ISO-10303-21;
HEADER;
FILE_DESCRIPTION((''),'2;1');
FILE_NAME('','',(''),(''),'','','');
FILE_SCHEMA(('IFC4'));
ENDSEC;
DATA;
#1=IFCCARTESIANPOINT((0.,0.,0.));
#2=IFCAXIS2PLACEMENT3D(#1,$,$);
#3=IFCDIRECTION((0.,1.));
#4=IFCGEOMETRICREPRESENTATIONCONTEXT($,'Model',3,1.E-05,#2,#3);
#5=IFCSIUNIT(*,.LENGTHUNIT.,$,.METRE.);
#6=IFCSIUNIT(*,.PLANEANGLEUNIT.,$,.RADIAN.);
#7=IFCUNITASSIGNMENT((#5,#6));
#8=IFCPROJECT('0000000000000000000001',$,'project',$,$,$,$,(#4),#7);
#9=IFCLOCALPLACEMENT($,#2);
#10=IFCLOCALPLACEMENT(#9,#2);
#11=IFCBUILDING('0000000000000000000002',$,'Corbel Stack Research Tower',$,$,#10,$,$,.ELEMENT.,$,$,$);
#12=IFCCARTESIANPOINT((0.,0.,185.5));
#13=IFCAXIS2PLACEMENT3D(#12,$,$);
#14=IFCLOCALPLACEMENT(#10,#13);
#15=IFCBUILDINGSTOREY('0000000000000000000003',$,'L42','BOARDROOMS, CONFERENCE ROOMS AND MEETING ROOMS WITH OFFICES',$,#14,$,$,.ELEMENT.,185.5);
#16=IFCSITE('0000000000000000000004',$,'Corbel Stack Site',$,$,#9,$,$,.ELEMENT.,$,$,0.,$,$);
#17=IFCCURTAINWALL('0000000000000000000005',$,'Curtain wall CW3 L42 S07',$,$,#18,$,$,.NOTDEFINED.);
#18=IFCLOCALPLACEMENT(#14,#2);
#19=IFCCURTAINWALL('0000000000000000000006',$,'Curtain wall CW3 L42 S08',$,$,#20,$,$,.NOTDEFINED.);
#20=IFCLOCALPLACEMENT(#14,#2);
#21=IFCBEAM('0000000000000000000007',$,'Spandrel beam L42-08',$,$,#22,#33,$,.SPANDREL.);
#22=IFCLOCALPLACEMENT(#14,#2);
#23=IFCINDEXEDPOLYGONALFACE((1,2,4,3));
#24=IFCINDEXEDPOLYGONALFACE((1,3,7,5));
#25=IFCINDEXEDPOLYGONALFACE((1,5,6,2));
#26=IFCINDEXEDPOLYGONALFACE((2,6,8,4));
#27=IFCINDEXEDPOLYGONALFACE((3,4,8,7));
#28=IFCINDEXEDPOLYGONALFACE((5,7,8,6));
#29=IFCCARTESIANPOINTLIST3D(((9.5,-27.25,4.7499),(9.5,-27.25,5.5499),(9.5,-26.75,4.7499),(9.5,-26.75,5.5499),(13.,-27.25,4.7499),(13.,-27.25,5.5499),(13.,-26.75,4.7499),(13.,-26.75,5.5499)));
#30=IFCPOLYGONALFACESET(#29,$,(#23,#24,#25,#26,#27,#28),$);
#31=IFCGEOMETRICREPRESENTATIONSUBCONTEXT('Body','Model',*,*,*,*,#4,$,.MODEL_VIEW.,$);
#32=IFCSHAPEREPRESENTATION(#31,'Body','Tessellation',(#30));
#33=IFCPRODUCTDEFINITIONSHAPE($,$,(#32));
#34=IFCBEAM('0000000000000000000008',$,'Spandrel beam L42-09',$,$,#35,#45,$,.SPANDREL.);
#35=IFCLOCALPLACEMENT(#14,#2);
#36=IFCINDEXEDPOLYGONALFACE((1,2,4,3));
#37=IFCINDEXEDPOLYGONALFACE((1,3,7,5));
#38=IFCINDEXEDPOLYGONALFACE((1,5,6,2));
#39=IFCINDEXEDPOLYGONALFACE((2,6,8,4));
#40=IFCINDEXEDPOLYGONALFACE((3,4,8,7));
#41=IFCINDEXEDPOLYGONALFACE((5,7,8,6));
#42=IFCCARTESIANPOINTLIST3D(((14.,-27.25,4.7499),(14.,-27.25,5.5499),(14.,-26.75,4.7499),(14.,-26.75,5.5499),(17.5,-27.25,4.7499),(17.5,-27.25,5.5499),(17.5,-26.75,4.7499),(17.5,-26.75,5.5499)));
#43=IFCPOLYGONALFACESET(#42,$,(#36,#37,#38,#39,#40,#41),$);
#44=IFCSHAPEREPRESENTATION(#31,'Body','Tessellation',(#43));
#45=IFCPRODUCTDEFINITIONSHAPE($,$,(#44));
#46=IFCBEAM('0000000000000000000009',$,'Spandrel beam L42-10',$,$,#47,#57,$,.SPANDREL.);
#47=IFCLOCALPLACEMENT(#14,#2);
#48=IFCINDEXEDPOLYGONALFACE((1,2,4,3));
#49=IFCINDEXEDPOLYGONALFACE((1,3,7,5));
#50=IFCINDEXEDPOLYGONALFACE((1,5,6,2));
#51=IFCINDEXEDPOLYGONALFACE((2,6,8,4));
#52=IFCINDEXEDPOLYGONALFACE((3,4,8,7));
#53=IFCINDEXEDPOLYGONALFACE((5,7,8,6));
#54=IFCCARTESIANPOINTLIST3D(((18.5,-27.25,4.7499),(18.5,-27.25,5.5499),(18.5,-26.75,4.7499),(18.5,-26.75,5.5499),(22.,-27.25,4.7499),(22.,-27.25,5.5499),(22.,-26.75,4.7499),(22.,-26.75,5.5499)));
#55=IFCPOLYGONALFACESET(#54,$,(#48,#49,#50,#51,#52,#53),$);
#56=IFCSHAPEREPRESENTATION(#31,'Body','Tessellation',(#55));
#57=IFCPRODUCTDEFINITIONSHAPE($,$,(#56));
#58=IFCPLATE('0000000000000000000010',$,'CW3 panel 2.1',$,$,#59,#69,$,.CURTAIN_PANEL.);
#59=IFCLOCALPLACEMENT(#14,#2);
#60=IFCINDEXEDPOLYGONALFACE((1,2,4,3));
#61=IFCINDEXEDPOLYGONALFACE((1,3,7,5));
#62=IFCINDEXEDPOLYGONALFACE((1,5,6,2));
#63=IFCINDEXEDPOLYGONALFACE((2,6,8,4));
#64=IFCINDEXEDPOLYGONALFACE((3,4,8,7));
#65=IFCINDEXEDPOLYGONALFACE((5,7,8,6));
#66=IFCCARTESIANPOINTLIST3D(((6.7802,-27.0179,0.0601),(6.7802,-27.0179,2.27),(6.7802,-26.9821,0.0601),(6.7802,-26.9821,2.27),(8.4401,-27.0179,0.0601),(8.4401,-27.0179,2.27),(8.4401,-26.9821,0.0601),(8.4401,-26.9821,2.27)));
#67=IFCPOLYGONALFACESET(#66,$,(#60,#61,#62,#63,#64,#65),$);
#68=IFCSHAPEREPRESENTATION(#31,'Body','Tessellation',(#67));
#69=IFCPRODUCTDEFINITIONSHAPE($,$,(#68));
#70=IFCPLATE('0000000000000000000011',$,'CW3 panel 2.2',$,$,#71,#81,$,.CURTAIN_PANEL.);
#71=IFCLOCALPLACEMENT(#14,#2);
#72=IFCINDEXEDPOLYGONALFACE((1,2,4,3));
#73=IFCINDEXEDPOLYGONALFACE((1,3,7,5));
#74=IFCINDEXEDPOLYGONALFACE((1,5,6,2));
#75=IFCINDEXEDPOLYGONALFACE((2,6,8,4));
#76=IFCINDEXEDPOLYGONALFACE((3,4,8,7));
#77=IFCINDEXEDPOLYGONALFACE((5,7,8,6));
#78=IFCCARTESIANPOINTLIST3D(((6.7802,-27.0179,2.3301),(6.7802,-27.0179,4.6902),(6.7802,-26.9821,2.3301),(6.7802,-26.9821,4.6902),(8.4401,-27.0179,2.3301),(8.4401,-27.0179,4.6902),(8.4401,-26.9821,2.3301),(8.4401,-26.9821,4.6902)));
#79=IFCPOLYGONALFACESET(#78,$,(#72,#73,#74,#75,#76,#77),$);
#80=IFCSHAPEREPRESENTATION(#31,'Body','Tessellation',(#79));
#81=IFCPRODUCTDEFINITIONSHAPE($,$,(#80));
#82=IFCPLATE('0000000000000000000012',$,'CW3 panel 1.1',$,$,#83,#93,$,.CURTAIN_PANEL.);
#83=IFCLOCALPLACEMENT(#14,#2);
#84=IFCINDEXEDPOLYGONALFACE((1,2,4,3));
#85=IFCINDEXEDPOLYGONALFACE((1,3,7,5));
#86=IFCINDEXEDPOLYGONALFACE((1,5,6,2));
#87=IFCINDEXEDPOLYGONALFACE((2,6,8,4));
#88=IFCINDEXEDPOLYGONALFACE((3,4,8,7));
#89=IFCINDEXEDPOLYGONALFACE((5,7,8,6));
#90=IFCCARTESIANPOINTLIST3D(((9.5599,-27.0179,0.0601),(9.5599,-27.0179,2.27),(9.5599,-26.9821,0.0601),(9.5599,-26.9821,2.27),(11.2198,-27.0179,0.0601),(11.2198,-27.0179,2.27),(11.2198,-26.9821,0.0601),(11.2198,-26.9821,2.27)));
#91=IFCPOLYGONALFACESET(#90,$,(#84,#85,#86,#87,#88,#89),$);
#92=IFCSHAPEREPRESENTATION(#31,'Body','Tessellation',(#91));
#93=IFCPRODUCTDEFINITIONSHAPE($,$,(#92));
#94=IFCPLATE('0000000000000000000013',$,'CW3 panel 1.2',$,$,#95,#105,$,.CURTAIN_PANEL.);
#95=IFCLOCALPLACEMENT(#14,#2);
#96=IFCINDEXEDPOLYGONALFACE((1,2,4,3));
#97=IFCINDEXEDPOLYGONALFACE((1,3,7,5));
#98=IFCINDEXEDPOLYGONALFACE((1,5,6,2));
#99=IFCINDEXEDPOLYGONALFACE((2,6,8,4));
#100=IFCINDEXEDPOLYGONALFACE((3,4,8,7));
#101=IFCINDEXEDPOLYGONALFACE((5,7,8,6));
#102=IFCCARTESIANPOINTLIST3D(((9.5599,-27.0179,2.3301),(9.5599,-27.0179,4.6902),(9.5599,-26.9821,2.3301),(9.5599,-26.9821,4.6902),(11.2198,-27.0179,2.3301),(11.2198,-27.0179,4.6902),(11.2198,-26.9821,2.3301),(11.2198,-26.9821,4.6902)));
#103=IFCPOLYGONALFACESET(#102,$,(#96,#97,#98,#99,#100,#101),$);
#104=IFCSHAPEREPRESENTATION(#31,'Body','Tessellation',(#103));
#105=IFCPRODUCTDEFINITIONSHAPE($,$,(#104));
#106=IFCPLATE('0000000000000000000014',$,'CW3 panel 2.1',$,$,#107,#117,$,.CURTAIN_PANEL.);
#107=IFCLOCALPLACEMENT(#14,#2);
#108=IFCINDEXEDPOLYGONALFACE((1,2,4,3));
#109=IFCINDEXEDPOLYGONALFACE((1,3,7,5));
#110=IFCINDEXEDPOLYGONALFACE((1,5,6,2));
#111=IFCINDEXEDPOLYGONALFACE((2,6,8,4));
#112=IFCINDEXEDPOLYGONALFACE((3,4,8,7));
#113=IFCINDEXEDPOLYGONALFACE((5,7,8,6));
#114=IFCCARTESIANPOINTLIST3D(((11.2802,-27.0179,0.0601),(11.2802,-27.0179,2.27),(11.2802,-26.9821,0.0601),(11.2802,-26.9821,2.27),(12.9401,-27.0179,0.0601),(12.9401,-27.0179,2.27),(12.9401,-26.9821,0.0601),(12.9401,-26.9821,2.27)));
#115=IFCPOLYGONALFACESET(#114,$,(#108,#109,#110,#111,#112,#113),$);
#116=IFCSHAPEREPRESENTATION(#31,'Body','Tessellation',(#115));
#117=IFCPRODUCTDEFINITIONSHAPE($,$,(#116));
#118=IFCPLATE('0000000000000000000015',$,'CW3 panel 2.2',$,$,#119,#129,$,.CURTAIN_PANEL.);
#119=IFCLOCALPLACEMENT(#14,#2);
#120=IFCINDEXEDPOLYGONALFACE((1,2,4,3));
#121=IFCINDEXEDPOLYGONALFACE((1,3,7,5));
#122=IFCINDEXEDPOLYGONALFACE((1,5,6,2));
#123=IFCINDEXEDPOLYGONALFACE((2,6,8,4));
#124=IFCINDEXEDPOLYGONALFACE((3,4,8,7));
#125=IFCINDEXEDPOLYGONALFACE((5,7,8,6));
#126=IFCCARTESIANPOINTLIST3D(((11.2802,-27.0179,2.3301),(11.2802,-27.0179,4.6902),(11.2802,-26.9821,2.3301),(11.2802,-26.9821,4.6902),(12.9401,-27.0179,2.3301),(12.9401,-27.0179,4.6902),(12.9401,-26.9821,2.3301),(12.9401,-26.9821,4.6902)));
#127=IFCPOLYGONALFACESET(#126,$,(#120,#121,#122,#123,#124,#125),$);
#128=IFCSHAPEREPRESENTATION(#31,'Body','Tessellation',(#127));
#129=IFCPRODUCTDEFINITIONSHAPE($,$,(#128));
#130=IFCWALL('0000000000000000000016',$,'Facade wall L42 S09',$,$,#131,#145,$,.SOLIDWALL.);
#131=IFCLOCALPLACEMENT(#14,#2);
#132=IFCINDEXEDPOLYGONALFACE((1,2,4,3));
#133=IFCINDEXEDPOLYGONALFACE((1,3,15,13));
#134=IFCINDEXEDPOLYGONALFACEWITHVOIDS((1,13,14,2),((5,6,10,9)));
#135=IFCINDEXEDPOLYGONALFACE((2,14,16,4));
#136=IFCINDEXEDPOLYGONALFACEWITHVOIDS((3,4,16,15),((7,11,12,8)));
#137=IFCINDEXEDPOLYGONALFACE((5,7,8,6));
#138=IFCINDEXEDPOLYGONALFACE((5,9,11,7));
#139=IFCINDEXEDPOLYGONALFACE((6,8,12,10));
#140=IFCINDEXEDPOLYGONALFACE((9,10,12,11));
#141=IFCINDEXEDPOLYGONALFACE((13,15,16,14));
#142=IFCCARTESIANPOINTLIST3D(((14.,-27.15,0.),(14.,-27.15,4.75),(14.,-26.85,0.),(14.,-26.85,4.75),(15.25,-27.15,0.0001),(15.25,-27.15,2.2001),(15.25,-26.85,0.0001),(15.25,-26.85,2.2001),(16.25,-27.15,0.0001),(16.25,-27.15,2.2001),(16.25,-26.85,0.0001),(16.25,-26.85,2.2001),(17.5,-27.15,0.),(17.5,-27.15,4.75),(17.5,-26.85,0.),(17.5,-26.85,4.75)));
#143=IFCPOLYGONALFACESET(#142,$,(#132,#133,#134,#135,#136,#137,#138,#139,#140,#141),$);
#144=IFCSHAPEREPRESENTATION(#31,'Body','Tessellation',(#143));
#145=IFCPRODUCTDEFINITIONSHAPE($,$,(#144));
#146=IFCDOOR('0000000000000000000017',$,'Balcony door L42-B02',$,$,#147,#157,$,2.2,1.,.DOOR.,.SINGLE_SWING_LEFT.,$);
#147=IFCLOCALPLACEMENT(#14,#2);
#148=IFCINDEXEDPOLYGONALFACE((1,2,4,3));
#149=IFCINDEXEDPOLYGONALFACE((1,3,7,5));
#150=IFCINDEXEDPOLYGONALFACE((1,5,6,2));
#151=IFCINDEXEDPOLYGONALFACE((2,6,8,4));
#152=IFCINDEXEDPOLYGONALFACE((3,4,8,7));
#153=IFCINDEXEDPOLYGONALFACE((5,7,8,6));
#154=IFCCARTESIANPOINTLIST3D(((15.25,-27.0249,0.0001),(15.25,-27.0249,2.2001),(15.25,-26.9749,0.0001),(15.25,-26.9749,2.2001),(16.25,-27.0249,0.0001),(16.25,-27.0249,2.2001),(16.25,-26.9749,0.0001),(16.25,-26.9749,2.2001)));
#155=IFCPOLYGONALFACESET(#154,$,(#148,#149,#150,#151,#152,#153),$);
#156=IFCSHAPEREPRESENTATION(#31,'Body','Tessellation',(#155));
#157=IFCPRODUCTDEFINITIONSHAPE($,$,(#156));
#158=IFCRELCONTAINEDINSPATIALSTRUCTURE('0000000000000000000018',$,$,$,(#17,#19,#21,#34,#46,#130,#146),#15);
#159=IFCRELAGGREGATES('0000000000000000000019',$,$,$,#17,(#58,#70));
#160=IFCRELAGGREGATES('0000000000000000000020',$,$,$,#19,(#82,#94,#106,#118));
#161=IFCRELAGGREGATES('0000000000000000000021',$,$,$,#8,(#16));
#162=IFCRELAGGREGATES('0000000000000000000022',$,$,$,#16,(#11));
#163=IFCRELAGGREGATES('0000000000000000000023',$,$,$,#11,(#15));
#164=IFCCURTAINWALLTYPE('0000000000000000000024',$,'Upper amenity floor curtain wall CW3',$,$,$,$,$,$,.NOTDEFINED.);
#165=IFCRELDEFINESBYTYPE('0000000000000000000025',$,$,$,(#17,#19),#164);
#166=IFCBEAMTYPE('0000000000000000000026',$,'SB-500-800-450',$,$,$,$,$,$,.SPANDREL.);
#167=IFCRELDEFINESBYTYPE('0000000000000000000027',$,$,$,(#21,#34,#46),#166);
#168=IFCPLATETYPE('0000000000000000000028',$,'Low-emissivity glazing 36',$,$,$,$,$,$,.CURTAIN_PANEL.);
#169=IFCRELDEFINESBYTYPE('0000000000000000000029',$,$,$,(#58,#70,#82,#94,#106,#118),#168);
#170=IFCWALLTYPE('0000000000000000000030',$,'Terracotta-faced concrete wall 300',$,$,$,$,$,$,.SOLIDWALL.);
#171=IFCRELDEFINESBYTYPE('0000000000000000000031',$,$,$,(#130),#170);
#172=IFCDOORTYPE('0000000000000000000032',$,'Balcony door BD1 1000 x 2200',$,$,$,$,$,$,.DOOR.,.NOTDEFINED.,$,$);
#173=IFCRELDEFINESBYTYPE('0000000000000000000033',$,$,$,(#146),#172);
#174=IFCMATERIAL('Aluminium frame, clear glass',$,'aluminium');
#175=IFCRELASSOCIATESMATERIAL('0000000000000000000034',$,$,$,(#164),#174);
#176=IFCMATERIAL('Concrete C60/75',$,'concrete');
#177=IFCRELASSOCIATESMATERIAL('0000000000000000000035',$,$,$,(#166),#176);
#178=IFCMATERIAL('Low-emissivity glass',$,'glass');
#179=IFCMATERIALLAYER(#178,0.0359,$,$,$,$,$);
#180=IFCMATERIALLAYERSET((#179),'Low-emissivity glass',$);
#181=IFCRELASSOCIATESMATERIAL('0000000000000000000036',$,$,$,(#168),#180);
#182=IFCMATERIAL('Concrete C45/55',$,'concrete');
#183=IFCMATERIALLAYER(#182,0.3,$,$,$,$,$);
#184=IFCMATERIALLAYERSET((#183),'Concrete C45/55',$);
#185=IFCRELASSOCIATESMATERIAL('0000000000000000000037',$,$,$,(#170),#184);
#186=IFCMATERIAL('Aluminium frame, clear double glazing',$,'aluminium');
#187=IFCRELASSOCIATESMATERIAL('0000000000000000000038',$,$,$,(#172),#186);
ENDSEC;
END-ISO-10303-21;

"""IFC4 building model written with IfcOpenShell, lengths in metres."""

from ifc_helpers import new_model, si_unit, direction, frame, frame_2d, origin, origin_2d, place, context, subcontext, project, spatial, rectangle, extrude, material, layer, layer_set, material_profile, profile_set, type_object, element, fill, aggregate, save


model = new_model("IFC4")

# Units and contexts
model_context = context("Model", 3, precision=1e-05, world=origin(), true_north=direction((0.0, 1.0)))
body_context = subcontext(model_context, "Body", "Model", "MODEL_VIEW")
ifc_project = project(units=[si_unit("LENGTHUNIT", "METRE"), si_unit("PLANEANGLEUNIT", "RADIAN")], contexts=[model_context])

# Site, building, storey
site_placement = place(None, origin())
site = spatial("IfcSite", under=ifc_project, at=site_placement, Name="Corbel Stack Site", CompositionType="ELEMENT", RefElevation=0.0)
building_placement = place(site_placement, origin())
building = spatial("IfcBuilding", under=site, at=building_placement, Name="Corbel Stack Research Tower", CompositionType="ELEMENT")
storey_placement = place(building_placement, frame((0.0, 0.0, 185.5)))
storey = spatial("IfcBuildingStorey", under=building, at=storey_placement, Name="L42", Description="BOARDROOMS, CONFERENCE ROOMS AND MEETING ROOMS WITH OFFICES", CompositionType="ELEMENT", Elevation=185.5)

# Curtain wall
ifc_material_1 = material(Name="Aluminium frame, clear glass", Category="aluminium")
curtain_wall_type = type_object("IfcCurtainWallType", Name="Upper amenity floor curtain wall CW3", PredefinedType="NOTDEFINED", material=ifc_material_1)
curtain_wall_1_placement = place(storey_placement, origin())
curtain_wall_1 = element("IfcCurtainWall", 1, at=curtain_wall_1_placement, inside=storey, type_object=curtain_wall_type, Name="Curtain wall CW3 L42 S07", PredefinedType="NOTDEFINED")

# Curtain wall
curtain_wall_2_placement = place(storey_placement, origin())
curtain_wall_2 = element("IfcCurtainWall", 2, at=curtain_wall_2_placement, inside=storey, type_object=curtain_wall_type, Name="Curtain wall CW3 L42 S08", PredefinedType="NOTDEFINED")

# Beams
ifc_material_2 = material(Name="Concrete C60/75", Category="concrete")
ifc_material_profile_1 = material_profile(ifc_material_2, rectangle(XDim=0.5, YDim=0.8, at=origin_2d()), Name="RC 500 x 800")
ifc_profile_set_1 = profile_set([ifc_material_profile_1], Name="Concrete C60/75")
beam_type = type_object("IfcBeamType", Name="SB-500-800-450", PredefinedType="SPANDREL", material=ifc_profile_set_1)
for number, where, z_axis, x_axis, name in (
    (3, (9.5, -27.0, 5.1499), (1.0, 0.0, 0.0), (0.0, 1.0, 0.0), "Spandrel beam L42-08"),
    (4, (14.0, -27.0, 5.1499), (1.0, 0.0, 0.0), (0.0, 1.0, 0.0), "Spandrel beam L42-09"),
    (5, (18.5, -27.0, 5.1499), (1.0, 0.0, 0.0), (0.0, 1.0, 0.0), "Spandrel beam L42-10"),
):
    element("IfcBeam", number, at=place(storey_placement, frame(where, z_axis=z_axis, x_axis=x_axis)), inside=storey, type_object=beam_type, Name=name, PredefinedType="SPANDREL", context=body_context, shape_type="SweptSolid", body=[
        extrude(rectangle(XDim=0.5, YDim=0.8, at=origin_2d()), origin(), (0.0, 0.0, 1.0), 3.5),
    ])

# Plates
ifc_material_3 = material(Name="Low-emissivity glass", Category="glass")
ifc_layer_1 = layer(ifc_material_3, 0.0359)
ifc_layer_set_1 = layer_set([ifc_layer_1], Name="Low-emissivity glass")
plate_type = type_object("IfcPlateType", Name="Low-emissivity glazing 36", PredefinedType="CURTAIN_PANEL", material=ifc_layer_set_1)
plate_1_placement = place(storey_placement, frame((7.6101, -27.0, 0.0601), z_axis=(0.0, 0.0, 1.0), x_axis=(1.0, 0.0, 0.0)))
plate_1 = element("IfcPlate", 6, at=plate_1_placement, type_object=plate_type, Name="CW3 panel 2.1", PredefinedType="CURTAIN_PANEL", context=body_context, shape_type="SweptSolid", body=[
    extrude(rectangle(XDim=1.6599, YDim=0.0359, at=origin_2d()), origin(), (0.0, 0.0, 1.0), 2.21),
])
plate_2_placement = place(storey_placement, frame((7.6101, -27.0, 2.3301), z_axis=(0.0, 0.0, 1.0), x_axis=(1.0, 0.0, 0.0)))
plate_2 = element("IfcPlate", 7, at=plate_2_placement, type_object=plate_type, Name="CW3 panel 2.2", PredefinedType="CURTAIN_PANEL", context=body_context, shape_type="SweptSolid", body=[
    extrude(rectangle(XDim=1.6599, YDim=0.0359, at=origin_2d()), origin(), (0.0, 0.0, 1.0), 2.3601),
])
aggregate(curtain_wall_1, [plate_1, plate_2])
plate_3_placement = place(storey_placement, frame((10.3899, -27.0, 0.0601), z_axis=(0.0, 0.0, 1.0), x_axis=(1.0, 0.0, 0.0)))
plate_3 = element("IfcPlate", 8, at=plate_3_placement, type_object=plate_type, Name="CW3 panel 1.1", PredefinedType="CURTAIN_PANEL", context=body_context, shape_type="SweptSolid", body=[
    extrude(rectangle(XDim=1.6599, YDim=0.0359, at=origin_2d()), origin(), (0.0, 0.0, 1.0), 2.21),
])
plate_4_placement = place(storey_placement, frame((10.3899, -27.0, 2.3301), z_axis=(0.0, 0.0, 1.0), x_axis=(1.0, 0.0, 0.0)))
plate_4 = element("IfcPlate", 9, at=plate_4_placement, type_object=plate_type, Name="CW3 panel 1.2", PredefinedType="CURTAIN_PANEL", context=body_context, shape_type="SweptSolid", body=[
    extrude(rectangle(XDim=1.6599, YDim=0.0359, at=origin_2d()), origin(), (0.0, 0.0, 1.0), 2.3601),
])
plate_5_placement = place(storey_placement, frame((12.1101, -27.0, 0.0601), z_axis=(0.0, 0.0, 1.0), x_axis=(1.0, 0.0, 0.0)))
plate_5 = element("IfcPlate", 10, at=plate_5_placement, type_object=plate_type, Name="CW3 panel 2.1", PredefinedType="CURTAIN_PANEL", context=body_context, shape_type="SweptSolid", body=[
    extrude(rectangle(XDim=1.6599, YDim=0.0359, at=origin_2d()), origin(), (0.0, 0.0, 1.0), 2.21),
])
plate_6_placement = place(storey_placement, frame((12.1101, -27.0, 2.3301), z_axis=(0.0, 0.0, 1.0), x_axis=(1.0, 0.0, 0.0)))
plate_6 = element("IfcPlate", 11, at=plate_6_placement, type_object=plate_type, Name="CW3 panel 2.2", PredefinedType="CURTAIN_PANEL", context=body_context, shape_type="SweptSolid", body=[
    extrude(rectangle(XDim=1.6599, YDim=0.0359, at=origin_2d()), origin(), (0.0, 0.0, 1.0), 2.3601),
])
aggregate(curtain_wall_2, [plate_3, plate_4, plate_5, plate_6])

# Wall, opening, door
ifc_material_4 = material(Name="Concrete C45/55", Category="concrete")
ifc_layer_2 = layer(ifc_material_4, 0.3)
ifc_layer_set_2 = layer_set([ifc_layer_2], Name="Concrete C45/55")
wall_type = type_object("IfcWallType", Name="Terracotta-faced concrete wall 300", PredefinedType="SOLIDWALL", material=ifc_layer_set_2)
wall_placement = place(storey_placement, frame((17.5, -27.0, 0.0), z_axis=(0.0, 0.0, 1.0), x_axis=(-1.0, 0.0, 0.0)))
wall = element("IfcWall", 12, at=wall_placement, inside=storey, type_object=wall_type, Name="Facade wall L42 S09", PredefinedType="SOLIDWALL", context=body_context, shape_type="SweptSolid", body=[
    extrude(rectangle(XDim=3.5, YDim=0.3, at=frame_2d((1.75, 0.0))), origin(), (0.0, 0.0, 1.0), 4.75),
])
opening_placement = place(wall_placement, frame((1.25, 0.0, 0.0)))
opening = element("IfcOpeningElement", 13, at=opening_placement, cuts=wall, PredefinedType="OPENING", context=body_context, shape_type="SweptSolid", body=[
    extrude(rectangle(XDim=1.0, YDim=2.2, at=frame_2d((0.5, 1.1001))), frame((0.0, 0.1599, 0.0), z_axis=(0.0, -1.0, 0.0), x_axis=(1.0, 0.0, 0.0)), (0.0, 0.0, 1.0), 0.3201),
])
ifc_material_5 = material(Name="Aluminium frame, clear double glazing", Category="aluminium")
door_type = type_object("IfcDoorType", Name="Balcony door BD1 1000 x 2200", OperationType="NOTDEFINED", PredefinedType="DOOR", material=ifc_material_5)
door_placement = place(opening_placement, origin())
door = element("IfcDoor", 14, at=door_placement, inside=storey, type_object=door_type, Name="Balcony door L42-B02", OperationType="SINGLE_SWING_LEFT", OverallHeight=2.2, OverallWidth=1.0, PredefinedType="DOOR", context=body_context, shape_type="SweptSolid", body=[
    extrude(rectangle(XDim=1.0, YDim=2.2, at=frame_2d((0.5, 1.1001))), frame((0.0, 0.0249, 0.0), z_axis=(0.0, -1.0, 0.0), x_axis=(1.0, 0.0, 0.0)), (0.0, 0.0, 1.0), 0.05),
])
fill(opening, door)

save(model, "model.ifc")
